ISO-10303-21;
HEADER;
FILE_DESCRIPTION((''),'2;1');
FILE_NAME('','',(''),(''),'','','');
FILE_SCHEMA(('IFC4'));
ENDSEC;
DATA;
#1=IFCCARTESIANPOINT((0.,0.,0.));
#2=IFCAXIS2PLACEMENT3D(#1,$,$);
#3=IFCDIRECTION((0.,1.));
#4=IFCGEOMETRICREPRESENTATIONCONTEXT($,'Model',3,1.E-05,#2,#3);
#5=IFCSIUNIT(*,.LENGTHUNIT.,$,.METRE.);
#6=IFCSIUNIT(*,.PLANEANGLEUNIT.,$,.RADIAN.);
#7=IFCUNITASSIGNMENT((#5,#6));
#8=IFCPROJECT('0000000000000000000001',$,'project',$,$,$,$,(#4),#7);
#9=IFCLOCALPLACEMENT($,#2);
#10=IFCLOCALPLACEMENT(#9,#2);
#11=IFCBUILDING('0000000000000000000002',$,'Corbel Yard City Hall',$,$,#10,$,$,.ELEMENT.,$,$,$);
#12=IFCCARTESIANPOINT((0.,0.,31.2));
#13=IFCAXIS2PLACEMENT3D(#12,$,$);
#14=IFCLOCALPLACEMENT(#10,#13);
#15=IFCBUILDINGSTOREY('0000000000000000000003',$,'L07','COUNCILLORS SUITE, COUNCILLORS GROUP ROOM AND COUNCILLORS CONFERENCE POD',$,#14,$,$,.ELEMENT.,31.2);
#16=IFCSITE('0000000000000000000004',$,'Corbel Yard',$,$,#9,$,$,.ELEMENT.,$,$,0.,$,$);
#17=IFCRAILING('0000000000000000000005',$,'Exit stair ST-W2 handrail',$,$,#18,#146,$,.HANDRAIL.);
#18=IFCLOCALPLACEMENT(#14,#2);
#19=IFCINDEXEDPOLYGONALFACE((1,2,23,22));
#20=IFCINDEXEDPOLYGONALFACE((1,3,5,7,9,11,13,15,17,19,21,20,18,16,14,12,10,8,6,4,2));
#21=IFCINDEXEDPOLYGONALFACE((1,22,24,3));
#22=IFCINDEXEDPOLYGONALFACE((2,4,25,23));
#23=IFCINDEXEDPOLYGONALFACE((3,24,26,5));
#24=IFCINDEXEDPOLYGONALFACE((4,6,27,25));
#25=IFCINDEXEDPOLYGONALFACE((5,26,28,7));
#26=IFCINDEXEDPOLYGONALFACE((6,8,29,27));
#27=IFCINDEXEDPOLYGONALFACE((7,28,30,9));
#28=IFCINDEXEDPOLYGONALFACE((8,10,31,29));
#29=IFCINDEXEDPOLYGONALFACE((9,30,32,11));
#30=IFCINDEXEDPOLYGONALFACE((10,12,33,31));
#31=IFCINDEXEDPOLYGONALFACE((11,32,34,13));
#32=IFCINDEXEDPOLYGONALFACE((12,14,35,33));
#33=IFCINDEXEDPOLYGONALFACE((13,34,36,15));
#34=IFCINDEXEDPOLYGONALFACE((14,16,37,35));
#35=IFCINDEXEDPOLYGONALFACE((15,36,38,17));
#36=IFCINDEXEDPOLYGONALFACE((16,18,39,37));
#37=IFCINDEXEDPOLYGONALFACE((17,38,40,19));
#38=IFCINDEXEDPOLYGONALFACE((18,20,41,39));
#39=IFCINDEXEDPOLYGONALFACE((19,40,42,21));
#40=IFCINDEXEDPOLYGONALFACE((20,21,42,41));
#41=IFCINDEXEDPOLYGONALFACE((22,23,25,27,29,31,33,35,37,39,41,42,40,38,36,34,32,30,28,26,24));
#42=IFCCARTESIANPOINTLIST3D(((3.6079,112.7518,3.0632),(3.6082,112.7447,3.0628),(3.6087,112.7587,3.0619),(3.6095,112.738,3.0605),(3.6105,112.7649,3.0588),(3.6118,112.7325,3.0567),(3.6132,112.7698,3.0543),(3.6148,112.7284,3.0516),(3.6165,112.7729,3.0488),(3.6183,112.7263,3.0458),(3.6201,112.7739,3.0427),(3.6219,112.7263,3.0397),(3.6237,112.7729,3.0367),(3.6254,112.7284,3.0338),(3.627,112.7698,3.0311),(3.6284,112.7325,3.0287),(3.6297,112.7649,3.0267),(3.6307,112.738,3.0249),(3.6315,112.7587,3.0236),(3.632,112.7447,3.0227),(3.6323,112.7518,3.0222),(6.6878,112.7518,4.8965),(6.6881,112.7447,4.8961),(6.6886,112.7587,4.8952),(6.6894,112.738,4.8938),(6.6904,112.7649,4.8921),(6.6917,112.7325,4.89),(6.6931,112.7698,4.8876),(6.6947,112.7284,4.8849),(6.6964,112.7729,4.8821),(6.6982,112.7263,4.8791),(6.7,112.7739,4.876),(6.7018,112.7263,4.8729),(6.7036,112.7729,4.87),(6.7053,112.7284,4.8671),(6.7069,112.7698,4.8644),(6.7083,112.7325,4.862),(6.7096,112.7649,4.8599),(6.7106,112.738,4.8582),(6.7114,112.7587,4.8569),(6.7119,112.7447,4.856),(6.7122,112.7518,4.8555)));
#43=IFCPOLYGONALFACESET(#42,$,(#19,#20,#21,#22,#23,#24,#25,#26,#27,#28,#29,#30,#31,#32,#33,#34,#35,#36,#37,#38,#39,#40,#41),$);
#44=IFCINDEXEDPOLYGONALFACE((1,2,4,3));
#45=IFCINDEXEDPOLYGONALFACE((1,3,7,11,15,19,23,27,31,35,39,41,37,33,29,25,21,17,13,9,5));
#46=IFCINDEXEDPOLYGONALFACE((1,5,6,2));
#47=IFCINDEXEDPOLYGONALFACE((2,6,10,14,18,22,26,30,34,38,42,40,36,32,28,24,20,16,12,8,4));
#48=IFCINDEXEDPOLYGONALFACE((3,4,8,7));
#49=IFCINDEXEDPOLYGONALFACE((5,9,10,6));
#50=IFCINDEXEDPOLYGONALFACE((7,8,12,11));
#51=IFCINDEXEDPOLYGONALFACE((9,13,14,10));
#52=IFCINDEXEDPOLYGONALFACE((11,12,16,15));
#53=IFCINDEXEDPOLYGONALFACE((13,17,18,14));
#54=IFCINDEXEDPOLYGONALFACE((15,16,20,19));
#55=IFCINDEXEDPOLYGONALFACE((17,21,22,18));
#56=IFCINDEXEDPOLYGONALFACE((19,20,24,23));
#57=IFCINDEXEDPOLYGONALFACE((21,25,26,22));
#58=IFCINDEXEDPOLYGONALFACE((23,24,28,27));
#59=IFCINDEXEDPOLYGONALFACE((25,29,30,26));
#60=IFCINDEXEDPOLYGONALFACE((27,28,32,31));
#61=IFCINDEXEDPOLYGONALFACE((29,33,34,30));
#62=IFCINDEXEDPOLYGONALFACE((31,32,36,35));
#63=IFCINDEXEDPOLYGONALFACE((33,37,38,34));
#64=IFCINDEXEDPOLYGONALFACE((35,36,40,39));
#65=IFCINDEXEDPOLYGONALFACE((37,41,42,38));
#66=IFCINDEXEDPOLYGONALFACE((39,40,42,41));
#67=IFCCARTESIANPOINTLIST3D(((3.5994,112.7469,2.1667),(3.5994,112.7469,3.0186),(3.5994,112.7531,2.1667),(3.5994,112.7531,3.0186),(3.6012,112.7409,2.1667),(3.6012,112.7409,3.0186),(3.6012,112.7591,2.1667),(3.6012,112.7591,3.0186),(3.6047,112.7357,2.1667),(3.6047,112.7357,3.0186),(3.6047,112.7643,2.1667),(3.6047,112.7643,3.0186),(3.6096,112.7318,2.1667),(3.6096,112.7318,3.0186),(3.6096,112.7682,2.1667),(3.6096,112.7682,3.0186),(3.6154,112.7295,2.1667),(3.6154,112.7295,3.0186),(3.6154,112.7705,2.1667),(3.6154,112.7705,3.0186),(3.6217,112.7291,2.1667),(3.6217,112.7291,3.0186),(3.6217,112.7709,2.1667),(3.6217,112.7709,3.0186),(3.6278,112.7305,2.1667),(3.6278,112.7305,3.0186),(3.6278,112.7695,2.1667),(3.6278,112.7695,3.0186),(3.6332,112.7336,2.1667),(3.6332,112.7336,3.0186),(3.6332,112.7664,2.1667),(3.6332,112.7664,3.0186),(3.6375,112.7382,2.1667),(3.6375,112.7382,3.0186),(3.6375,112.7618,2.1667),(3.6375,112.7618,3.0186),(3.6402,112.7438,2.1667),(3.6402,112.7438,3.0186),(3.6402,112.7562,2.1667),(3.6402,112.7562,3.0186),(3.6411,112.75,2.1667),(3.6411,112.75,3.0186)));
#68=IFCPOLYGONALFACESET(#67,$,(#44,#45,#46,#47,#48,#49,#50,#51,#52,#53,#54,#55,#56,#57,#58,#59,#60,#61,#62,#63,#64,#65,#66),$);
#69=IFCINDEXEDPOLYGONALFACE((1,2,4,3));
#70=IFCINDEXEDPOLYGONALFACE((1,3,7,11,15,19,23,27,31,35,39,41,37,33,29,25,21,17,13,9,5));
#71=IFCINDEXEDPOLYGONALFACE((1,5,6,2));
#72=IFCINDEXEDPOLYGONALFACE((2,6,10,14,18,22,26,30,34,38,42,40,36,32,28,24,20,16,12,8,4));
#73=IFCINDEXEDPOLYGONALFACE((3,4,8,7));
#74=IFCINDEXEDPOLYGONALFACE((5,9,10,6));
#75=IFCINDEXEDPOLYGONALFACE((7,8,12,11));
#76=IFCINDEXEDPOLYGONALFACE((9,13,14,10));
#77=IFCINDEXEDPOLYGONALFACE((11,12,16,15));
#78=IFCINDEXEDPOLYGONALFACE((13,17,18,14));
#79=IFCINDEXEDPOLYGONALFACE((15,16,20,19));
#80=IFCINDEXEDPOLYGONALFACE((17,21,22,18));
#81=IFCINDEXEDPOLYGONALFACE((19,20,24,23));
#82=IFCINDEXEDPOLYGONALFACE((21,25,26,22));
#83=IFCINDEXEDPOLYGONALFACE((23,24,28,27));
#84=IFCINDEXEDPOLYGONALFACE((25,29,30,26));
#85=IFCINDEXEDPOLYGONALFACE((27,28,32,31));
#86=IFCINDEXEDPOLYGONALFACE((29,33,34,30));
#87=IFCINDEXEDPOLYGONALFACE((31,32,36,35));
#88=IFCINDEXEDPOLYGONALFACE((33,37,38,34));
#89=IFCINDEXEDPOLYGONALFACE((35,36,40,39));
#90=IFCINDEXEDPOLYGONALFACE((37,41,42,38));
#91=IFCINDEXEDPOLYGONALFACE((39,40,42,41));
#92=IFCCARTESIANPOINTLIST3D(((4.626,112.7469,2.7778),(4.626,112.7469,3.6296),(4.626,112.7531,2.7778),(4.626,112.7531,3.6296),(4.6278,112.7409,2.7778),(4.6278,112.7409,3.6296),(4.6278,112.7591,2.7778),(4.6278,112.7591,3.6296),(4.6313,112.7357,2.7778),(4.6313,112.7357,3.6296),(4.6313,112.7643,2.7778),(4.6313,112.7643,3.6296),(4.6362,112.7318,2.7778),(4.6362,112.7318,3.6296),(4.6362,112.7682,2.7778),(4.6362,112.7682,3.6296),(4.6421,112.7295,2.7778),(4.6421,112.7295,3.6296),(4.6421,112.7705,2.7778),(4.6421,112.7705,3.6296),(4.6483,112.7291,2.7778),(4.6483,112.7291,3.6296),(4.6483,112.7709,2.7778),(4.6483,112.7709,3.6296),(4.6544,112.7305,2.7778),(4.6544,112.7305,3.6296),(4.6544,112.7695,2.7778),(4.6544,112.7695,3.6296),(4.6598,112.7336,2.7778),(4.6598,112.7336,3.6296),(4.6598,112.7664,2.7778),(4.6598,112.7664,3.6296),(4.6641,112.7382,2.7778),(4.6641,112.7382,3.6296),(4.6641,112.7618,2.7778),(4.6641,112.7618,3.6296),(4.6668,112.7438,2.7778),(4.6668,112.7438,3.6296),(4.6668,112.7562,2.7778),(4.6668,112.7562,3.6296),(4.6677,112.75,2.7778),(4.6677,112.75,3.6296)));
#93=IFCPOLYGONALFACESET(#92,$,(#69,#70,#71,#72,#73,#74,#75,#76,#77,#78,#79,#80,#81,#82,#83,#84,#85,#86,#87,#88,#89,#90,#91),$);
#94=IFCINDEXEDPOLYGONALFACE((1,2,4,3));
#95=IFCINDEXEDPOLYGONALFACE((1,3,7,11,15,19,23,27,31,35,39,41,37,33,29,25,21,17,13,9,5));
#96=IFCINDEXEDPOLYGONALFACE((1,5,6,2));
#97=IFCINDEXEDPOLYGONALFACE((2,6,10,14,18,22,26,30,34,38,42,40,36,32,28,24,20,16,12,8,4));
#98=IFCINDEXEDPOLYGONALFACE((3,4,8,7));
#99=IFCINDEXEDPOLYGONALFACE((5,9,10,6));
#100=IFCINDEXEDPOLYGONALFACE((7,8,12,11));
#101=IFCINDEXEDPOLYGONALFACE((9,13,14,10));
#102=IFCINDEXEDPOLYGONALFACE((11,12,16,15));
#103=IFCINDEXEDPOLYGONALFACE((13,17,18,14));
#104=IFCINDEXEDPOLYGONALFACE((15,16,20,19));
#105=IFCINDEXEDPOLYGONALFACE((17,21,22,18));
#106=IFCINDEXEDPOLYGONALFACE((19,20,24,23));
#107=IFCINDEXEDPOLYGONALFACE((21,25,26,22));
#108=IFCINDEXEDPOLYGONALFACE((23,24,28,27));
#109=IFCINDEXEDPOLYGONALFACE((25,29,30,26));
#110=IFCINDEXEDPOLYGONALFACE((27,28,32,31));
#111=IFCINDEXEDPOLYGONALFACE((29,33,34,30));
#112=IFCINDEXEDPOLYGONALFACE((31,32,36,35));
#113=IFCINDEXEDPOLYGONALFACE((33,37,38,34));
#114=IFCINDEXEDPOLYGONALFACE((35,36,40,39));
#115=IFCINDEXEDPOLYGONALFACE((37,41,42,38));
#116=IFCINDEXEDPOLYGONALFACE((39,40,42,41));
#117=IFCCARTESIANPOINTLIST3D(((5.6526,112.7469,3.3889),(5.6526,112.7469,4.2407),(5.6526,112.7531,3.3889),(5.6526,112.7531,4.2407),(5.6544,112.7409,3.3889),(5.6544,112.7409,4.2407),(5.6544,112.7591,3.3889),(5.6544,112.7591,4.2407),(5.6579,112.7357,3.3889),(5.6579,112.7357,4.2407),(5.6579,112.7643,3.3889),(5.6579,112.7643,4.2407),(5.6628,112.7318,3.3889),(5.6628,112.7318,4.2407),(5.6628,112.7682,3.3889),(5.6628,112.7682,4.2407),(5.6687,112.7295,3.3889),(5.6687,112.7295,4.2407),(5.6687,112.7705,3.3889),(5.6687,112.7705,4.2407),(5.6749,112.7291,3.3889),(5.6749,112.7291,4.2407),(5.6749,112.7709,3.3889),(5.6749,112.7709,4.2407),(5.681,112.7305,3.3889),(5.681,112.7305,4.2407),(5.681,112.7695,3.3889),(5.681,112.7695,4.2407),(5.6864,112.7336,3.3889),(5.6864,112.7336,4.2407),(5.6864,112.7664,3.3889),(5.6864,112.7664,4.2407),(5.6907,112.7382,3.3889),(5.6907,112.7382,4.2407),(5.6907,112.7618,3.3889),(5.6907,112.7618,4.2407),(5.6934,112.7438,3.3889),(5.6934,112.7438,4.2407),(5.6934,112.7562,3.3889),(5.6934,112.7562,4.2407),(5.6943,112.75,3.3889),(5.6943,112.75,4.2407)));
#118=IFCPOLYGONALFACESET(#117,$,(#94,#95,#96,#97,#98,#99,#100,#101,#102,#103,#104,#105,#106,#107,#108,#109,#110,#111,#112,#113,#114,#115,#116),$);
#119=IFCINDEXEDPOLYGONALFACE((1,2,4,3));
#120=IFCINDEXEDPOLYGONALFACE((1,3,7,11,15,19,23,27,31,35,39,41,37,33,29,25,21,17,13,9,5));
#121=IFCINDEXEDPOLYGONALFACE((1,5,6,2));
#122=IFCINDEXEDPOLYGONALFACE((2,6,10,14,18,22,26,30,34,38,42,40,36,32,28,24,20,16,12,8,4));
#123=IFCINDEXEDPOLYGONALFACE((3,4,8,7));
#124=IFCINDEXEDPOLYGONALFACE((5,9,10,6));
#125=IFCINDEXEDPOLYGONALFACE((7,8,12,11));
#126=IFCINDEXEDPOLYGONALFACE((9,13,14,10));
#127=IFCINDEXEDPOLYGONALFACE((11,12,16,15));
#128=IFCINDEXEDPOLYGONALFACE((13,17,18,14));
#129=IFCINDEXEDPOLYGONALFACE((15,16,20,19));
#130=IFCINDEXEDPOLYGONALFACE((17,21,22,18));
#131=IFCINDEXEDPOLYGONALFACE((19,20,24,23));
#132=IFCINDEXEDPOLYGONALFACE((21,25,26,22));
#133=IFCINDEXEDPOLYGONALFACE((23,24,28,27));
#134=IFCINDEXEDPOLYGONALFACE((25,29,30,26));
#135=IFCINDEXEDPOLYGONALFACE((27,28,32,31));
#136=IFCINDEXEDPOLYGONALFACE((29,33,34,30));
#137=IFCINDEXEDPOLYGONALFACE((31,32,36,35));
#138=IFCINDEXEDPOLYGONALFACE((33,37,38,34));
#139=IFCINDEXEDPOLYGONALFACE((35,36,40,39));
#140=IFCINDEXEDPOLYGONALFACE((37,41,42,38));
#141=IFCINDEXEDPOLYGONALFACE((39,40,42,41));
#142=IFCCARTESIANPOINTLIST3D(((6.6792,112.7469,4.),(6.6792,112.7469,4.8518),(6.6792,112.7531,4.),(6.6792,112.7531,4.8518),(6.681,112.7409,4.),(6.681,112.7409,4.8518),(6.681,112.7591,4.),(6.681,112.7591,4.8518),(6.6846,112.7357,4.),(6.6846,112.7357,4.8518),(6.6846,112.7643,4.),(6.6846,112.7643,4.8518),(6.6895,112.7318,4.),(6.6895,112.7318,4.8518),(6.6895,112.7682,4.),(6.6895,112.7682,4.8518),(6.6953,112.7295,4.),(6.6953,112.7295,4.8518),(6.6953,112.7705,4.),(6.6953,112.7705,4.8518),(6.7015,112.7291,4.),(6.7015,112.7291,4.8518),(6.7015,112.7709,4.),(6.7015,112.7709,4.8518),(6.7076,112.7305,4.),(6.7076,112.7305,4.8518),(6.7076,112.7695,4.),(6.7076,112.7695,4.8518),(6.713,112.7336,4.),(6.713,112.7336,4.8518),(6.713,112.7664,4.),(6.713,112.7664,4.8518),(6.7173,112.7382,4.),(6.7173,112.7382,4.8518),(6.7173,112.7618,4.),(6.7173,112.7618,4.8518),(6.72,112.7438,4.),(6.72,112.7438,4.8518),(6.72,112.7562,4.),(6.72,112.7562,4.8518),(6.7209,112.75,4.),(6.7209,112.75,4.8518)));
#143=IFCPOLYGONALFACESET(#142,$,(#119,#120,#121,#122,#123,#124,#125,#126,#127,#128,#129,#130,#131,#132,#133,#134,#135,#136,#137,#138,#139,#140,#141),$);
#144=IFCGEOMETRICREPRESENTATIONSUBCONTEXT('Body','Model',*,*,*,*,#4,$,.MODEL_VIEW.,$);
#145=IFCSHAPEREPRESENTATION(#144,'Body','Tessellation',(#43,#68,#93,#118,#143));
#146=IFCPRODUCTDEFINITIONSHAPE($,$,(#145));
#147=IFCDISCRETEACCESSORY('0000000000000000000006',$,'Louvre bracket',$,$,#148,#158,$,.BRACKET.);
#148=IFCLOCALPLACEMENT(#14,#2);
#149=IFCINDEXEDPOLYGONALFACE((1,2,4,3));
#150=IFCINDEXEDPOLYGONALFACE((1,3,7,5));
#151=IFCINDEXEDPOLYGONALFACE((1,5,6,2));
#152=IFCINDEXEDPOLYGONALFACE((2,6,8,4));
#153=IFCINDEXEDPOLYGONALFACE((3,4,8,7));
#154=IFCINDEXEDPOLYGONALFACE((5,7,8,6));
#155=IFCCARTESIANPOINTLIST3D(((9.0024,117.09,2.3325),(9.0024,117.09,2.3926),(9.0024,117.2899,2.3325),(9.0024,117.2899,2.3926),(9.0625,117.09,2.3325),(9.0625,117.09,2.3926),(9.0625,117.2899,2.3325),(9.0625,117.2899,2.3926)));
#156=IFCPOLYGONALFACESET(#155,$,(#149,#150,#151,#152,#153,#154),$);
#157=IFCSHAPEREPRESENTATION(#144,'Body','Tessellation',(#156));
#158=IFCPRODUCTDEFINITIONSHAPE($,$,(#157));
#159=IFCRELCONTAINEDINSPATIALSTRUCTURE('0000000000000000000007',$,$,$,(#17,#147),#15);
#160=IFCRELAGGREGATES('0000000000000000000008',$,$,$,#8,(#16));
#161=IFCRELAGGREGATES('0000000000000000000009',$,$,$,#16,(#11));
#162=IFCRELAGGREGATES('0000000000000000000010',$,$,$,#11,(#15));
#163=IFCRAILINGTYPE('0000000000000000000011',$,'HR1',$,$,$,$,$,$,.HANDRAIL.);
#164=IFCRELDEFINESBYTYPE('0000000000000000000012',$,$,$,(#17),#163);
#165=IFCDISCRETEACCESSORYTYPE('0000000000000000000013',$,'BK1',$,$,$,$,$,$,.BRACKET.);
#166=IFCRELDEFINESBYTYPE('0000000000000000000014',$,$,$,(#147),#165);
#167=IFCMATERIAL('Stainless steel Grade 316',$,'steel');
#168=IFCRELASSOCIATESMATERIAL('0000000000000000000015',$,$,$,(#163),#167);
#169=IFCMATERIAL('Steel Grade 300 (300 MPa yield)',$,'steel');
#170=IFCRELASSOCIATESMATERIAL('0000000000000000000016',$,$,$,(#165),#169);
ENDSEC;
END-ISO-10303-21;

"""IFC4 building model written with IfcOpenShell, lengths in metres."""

from ifc_helpers import new_model, si_unit, direction, frame, origin, origin_2d, place, context, subcontext, project, spatial, rectangle, circle, extrude, material, type_object, element, save


model = new_model("IFC4")

# Units and contexts
model_context = context("Model", 3, precision=1e-05, world=origin(), true_north=direction((0.0, 1.0)))
body_context = subcontext(model_context, "Body", "Model", "MODEL_VIEW")
ifc_project = project(units=[si_unit("LENGTHUNIT", "METRE"), si_unit("PLANEANGLEUNIT", "RADIAN")], contexts=[model_context])

# Site, building, storey
site_placement = place(None, origin())
site = spatial("IfcSite", under=ifc_project, at=site_placement, Name="Corbel Yard", CompositionType="ELEMENT", RefElevation=0.0)
building_placement = place(site_placement, origin())
building = spatial("IfcBuilding", under=site, at=building_placement, Name="Corbel Yard City Hall", CompositionType="ELEMENT")
storey_placement = place(building_placement, frame((0.0, 0.0, 31.2)))
storey = spatial("IfcBuildingStorey", under=building, at=storey_placement, Name="L07", Description="COUNCILLORS SUITE, COUNCILLORS GROUP ROOM AND COUNCILLORS CONFERENCE POD", CompositionType="ELEMENT", Elevation=31.2)

# Shared definitions
ifc_material_1 = material(Name="Stainless steel Grade 316", Category="steel")

# Railing
railing_type = type_object("IfcRailingType", Name="HR1", PredefinedType="HANDRAIL", material=ifc_material_1)
for number, where, name in (
    (1, (3.6201, 112.75, 2.1667), "Exit stair ST-W2 handrail"),
):
    element("IfcRailing", number, at=place(storey_placement, frame(where)), inside=storey, type_object=railing_type, Name=name, PredefinedType="HANDRAIL", context=body_context, shape_type="SweptSolid", body=[
        extrude(circle(Radius=0.0239, at=origin_2d()), frame((0.0, 0.0, 0.876), z_axis=(0.859291, 0.0, 0.511487), x_axis=(0.0, 1.0, 0.0)), (0.0, 0.0, 1.0), 3.5842),
        extrude(circle(Radius=0.021, at=origin_2d()), origin(), (0.0, 0.0, 1.0), 0.8518),
        extrude(circle(Radius=0.021, at=origin_2d()), frame((1.0266, 0.0, 0.6111)), (0.0, 0.0, 1.0), 0.8518),
        extrude(circle(Radius=0.021, at=origin_2d()), frame((2.0532, 0.0, 1.2222)), (0.0, 0.0, 1.0), 0.8518),
        extrude(circle(Radius=0.021, at=origin_2d()), frame((3.0798, 0.0, 1.8333)), (0.0, 0.0, 1.0), 0.8518),
    ])

# Discrete accessory
ifc_material_2 = material(Name="Steel Grade 300 (300 MPa yield)", Category="steel")
discrete_accessory_type = type_object("IfcDiscreteAccessoryType", Name="BK1", PredefinedType="BRACKET", material=ifc_material_2)
discrete_accessory_placement = place(storey_placement, frame((9.0325, 117.1899, 2.3325), z_axis=(0.0, 0.0, 1.0), x_axis=(1.0, 0.0, 0.0)))
element("IfcDiscreteAccessory", 2, at=discrete_accessory_placement, inside=storey, type_object=discrete_accessory_type, Name="Louvre bracket", PredefinedType="BRACKET", context=body_context, shape_type="SweptSolid", body=[
    extrude(rectangle(XDim=0.0601, YDim=0.2, at=origin_2d()), origin(), (0.0, 0.0, 1.0), 0.0601),
])

save(model, "model.ifc")
